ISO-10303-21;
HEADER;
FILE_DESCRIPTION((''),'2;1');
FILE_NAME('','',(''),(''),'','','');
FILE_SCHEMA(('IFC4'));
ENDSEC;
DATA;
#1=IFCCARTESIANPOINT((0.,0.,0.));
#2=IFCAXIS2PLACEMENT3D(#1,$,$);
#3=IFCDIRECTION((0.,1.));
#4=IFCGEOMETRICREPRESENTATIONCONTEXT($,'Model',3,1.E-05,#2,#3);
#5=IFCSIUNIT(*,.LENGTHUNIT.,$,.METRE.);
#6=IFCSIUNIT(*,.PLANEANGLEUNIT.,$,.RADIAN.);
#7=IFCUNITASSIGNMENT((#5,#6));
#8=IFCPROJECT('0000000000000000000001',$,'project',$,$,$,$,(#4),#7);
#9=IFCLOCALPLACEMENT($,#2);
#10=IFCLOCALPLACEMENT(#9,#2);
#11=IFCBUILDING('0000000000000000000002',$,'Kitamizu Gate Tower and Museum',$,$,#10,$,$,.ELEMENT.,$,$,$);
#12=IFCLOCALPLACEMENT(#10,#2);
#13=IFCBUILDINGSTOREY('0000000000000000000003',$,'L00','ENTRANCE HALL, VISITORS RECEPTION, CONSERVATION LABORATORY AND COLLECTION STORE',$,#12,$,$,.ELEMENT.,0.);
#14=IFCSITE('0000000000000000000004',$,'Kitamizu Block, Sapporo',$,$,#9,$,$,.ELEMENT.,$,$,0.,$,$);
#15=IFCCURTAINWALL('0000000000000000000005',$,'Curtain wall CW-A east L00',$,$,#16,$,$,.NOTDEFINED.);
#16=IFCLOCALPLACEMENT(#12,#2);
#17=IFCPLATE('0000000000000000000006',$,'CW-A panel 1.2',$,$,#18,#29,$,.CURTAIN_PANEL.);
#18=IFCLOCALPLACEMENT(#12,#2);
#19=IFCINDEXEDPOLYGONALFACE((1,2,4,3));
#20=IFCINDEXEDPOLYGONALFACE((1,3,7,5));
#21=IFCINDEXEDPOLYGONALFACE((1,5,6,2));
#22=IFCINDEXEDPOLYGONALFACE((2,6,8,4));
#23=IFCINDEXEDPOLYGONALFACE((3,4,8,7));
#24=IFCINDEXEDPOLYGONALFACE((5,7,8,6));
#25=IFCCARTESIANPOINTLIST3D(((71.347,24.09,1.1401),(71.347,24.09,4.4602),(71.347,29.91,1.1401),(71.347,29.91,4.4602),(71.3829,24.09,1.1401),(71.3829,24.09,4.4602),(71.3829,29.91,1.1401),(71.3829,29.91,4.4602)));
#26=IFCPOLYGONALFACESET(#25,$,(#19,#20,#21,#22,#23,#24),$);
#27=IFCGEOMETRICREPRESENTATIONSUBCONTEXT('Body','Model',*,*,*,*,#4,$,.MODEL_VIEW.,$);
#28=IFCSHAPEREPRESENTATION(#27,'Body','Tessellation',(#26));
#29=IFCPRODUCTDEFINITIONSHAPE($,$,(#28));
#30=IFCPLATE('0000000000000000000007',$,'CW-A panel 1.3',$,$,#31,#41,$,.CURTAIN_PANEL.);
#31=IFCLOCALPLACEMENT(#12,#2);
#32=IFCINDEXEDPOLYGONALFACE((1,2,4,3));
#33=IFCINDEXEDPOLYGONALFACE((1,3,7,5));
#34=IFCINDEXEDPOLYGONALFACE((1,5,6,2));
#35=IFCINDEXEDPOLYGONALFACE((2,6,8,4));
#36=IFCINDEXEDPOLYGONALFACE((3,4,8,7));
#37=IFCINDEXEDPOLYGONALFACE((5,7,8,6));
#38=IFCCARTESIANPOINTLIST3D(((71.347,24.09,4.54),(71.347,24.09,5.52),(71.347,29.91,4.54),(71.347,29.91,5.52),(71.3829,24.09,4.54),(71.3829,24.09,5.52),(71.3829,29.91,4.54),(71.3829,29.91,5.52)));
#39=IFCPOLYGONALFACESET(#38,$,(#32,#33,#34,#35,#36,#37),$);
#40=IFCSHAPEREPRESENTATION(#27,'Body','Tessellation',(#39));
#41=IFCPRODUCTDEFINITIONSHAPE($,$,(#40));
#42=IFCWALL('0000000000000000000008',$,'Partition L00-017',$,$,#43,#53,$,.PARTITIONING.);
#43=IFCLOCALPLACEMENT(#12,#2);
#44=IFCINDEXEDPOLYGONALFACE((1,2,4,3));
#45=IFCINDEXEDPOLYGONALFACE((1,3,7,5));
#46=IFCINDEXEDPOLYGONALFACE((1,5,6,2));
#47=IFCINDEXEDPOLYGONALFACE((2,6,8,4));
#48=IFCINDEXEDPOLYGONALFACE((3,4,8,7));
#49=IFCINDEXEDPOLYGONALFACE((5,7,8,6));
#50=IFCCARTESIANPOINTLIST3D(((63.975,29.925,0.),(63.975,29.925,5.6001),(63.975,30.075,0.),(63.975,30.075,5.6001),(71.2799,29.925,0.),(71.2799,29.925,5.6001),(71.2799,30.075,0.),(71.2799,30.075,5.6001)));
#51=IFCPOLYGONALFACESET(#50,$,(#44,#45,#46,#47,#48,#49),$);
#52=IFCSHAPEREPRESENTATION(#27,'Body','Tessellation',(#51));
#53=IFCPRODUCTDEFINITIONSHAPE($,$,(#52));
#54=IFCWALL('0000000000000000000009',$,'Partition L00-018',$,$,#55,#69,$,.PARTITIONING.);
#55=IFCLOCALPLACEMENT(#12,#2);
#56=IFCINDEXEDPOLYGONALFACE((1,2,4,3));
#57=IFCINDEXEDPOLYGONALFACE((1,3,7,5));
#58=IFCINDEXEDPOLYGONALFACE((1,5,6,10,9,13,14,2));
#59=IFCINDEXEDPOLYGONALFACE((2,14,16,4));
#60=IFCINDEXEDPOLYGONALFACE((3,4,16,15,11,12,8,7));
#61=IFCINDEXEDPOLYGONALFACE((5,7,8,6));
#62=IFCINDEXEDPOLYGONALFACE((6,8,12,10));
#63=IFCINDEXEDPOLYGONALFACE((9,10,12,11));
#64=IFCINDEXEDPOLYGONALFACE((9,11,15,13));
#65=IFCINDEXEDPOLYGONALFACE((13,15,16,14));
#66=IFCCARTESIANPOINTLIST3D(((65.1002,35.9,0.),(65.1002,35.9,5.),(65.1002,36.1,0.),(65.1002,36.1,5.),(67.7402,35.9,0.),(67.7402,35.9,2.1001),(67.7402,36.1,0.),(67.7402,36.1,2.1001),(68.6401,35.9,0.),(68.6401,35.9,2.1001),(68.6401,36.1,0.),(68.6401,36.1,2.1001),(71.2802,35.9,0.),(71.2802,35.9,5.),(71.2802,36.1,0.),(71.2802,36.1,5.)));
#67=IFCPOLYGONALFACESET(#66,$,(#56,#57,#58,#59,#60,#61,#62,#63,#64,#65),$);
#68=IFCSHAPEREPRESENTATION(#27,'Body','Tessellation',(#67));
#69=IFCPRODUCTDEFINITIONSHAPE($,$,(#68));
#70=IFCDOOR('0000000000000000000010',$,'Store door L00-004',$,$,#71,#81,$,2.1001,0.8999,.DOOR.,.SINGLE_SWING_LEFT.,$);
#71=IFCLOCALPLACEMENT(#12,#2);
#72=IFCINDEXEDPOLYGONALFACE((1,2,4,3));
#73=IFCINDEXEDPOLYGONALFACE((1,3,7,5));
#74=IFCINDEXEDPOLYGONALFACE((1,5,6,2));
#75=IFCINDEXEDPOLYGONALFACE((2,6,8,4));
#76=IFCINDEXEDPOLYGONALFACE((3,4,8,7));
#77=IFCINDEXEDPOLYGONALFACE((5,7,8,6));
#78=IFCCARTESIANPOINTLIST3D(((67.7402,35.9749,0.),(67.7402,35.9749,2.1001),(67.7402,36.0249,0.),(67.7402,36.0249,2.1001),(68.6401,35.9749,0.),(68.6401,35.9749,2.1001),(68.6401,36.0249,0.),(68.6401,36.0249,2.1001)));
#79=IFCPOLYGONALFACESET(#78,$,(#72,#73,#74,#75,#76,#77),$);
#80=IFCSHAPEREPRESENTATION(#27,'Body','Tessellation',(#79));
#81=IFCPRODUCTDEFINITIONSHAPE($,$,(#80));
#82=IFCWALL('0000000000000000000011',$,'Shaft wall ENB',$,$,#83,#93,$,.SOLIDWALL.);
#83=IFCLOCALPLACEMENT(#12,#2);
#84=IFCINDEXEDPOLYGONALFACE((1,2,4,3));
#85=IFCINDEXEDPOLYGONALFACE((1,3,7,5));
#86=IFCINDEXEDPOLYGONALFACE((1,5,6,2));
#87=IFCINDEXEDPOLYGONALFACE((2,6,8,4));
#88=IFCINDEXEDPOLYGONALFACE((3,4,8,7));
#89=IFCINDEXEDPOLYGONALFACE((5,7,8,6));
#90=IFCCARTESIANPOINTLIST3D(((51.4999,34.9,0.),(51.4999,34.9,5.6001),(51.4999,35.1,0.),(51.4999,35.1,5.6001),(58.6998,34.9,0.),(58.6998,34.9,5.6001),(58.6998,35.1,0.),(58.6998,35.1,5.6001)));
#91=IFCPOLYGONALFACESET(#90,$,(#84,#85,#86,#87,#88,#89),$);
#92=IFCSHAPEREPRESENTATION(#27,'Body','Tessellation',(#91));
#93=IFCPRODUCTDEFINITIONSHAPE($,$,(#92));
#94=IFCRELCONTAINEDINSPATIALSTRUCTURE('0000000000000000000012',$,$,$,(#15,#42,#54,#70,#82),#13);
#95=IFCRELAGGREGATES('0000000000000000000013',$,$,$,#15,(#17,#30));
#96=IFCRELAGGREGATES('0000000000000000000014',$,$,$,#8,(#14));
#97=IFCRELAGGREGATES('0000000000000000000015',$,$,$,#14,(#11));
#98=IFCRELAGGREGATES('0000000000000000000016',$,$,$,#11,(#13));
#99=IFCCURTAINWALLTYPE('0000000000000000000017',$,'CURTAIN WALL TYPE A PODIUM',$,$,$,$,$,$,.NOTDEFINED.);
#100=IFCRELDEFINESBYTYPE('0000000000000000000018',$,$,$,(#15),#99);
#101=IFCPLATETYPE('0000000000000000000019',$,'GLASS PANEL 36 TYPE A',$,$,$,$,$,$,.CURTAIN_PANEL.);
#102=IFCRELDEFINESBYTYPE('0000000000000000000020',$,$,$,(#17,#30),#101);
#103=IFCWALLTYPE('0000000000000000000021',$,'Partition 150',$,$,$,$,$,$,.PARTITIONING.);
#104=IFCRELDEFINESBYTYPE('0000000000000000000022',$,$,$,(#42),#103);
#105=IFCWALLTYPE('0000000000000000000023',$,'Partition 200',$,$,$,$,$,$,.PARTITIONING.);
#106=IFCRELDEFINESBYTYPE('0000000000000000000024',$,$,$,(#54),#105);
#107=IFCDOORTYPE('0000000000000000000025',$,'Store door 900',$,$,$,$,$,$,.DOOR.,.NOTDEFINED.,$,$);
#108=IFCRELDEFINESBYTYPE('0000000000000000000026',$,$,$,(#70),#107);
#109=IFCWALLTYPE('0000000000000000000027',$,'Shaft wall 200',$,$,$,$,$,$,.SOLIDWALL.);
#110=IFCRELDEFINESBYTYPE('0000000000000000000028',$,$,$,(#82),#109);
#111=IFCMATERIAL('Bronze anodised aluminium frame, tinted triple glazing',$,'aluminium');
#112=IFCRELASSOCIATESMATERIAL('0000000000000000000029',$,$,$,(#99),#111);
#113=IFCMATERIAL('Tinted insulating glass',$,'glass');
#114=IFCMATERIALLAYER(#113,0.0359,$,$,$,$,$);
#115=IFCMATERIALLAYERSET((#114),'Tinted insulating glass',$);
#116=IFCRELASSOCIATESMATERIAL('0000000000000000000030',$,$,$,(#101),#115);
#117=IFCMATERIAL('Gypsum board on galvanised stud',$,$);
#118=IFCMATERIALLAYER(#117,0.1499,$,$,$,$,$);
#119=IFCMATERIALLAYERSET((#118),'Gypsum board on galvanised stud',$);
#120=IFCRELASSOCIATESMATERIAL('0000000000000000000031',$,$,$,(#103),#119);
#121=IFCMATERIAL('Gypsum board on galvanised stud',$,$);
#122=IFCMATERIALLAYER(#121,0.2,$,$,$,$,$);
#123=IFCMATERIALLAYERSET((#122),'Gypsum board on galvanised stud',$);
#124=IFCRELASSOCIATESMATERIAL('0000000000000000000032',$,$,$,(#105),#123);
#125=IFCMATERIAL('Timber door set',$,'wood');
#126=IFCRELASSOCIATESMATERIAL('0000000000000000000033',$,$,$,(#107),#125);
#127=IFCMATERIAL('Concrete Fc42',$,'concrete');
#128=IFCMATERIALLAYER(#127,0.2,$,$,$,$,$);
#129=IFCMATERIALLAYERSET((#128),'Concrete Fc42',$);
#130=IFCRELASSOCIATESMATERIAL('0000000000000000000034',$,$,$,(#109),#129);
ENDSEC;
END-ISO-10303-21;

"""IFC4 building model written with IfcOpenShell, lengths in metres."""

from ifc_helpers import new_model, si_unit, direction, frame, frame_2d, origin, origin_2d, place, context, subcontext, project, spatial, rectangle, extrude, material, layer, layer_set, type_object, element, fill, aggregate, save


model = new_model("IFC4")

# Units and contexts
model_context = context("Model", 3, precision=1e-05, world=origin(), true_north=direction((0.0, 1.0)))
body_context = subcontext(model_context, "Body", "Model", "MODEL_VIEW")
ifc_project = project(units=[si_unit("LENGTHUNIT", "METRE"), si_unit("PLANEANGLEUNIT", "RADIAN")], contexts=[model_context])

# Site, building, storey
site_placement = place(None, origin())
site = spatial("IfcSite", under=ifc_project, at=site_placement, Name="Kitamizu Block, Sapporo", CompositionType="ELEMENT", RefElevation=0.0)
building_placement = place(site_placement, origin())
building = spatial("IfcBuilding", under=site, at=building_placement, Name="Kitamizu Gate Tower and Museum", CompositionType="ELEMENT")
storey_placement = place(building_placement, origin())
storey = spatial("IfcBuildingStorey", under=building, at=storey_placement, Name="L00", Description="ENTRANCE HALL, VISITORS RECEPTION, CONSERVATION LABORATORY AND COLLECTION STORE", CompositionType="ELEMENT", Elevation=0.0)

# Curtain wall, plates
ifc_material_1 = material(Name="Bronze anodised aluminium frame, tinted triple glazing", Category="aluminium")
curtain_wall_type = type_object("IfcCurtainWallType", Name="CURTAIN WALL TYPE A PODIUM", PredefinedType="NOTDEFINED", material=ifc_material_1)
curtain_wall_placement = place(storey_placement, origin())
curtain_wall = element("IfcCurtainWall", 1, at=curtain_wall_placement, inside=storey, type_object=curtain_wall_type, Name="Curtain wall CW-A east L00", PredefinedType="NOTDEFINED")
ifc_material_2 = material(Name="Tinted insulating glass", Category="glass")
ifc_layer_1 = layer(ifc_material_2, 0.0359)
ifc_layer_set_1 = layer_set([ifc_layer_1], Name="Tinted insulating glass")
plate_type = type_object("IfcPlateType", Name="GLASS PANEL 36 TYPE A", PredefinedType="CURTAIN_PANEL", material=ifc_layer_set_1)
plate_1_placement = place(storey_placement, frame((71.365, 27.0, 1.1401), z_axis=(0.0, 0.0, 1.0), x_axis=(0.0, 1.0, 0.0)))
plate_1 = element("IfcPlate", 2, at=plate_1_placement, type_object=plate_type, Name="CW-A panel 1.2", PredefinedType="CURTAIN_PANEL", context=body_context, shape_type="SweptSolid", body=[
    extrude(rectangle(XDim=5.8201, YDim=0.0359, at=origin_2d()), origin(), (0.0, 0.0, 1.0), 3.3201),
])
plate_2_placement = place(storey_placement, frame((71.365, 27.0, 4.54), z_axis=(0.0, 0.0, 1.0), x_axis=(0.0, 1.0, 0.0)))
plate_2 = element("IfcPlate", 3, at=plate_2_placement, type_object=plate_type, Name="CW-A panel 1.3", PredefinedType="CURTAIN_PANEL", context=body_context, shape_type="SweptSolid", body=[
    extrude(rectangle(XDim=5.8201, YDim=0.0359, at=origin_2d()), origin(), (0.0, 0.0, 1.0), 0.98),
])
aggregate(curtain_wall, [plate_1, plate_2])

# Wall
ifc_material_3 = material(Name="Gypsum board on galvanised stud")
ifc_layer_2 = layer(ifc_material_3, 0.1499)
ifc_layer_set_2 = layer_set([ifc_layer_2], Name="Gypsum board on galvanised stud")
wall_type_1 = type_object("IfcWallType", Name="Partition 150", PredefinedType="PARTITIONING", material=ifc_layer_set_2)
wall_1_placement = place(storey_placement, frame((63.9751, 30.0, 0.0), z_axis=(0.0, 0.0, 1.0), x_axis=(1.0, 0.0, 0.0)))
element("IfcWall", 4, at=wall_1_placement, inside=storey, type_object=wall_type_1, Name="Partition L00-017", PredefinedType="PARTITIONING", context=body_context, shape_type="SweptSolid", body=[
    extrude(rectangle(XDim=7.3049, YDim=0.1499, at=frame_2d((3.6523, 0.0))), origin(), (0.0, 0.0, 1.0), 5.6001),
])

# Wall, opening, door
ifc_material_4 = material(Name="Gypsum board on galvanised stud")
ifc_layer_3 = layer(ifc_material_4, 0.2)
ifc_layer_set_3 = layer_set([ifc_layer_3], Name="Gypsum board on galvanised stud")
wall_type_2 = type_object("IfcWallType", Name="Partition 200", PredefinedType="PARTITIONING", material=ifc_layer_set_3)
wall_2_placement = place(storey_placement, frame((71.28, 36.0, 0.0), z_axis=(0.0, 0.0, 1.0), x_axis=(-1.0, 0.0, 0.0)))
wall_2 = element("IfcWall", 5, at=wall_2_placement, inside=storey, type_object=wall_type_2, Name="Partition L00-018", PredefinedType="PARTITIONING", context=body_context, shape_type="SweptSolid", body=[
    extrude(rectangle(XDim=6.1799, YDim=0.2, at=frame_2d((3.0898, 0.0))), origin(), (0.0, 0.0, 1.0), 5.0),
])
opening_1_placement = place(wall_2_placement, frame((2.6399, 0.0, 0.0)))
opening_1 = element("IfcOpeningElement", 6, at=opening_1_placement, cuts=wall_2, PredefinedType="OPENING", context=body_context, shape_type="SweptSolid", body=[
    extrude(rectangle(XDim=0.8999, YDim=2.1001, at=frame_2d((0.45, 1.05))), frame((0.0, 0.1099, 0.0), z_axis=(0.0, -1.0, 0.0), x_axis=(1.0, 0.0, 0.0)), (0.0, 0.0, 1.0), 0.22),
])
ifc_material_5 = material(Name="Timber door set", Category="wood")
door_type_1 = type_object("IfcDoorType", Name="Store door 900", OperationType="NOTDEFINED", PredefinedType="DOOR", material=ifc_material_5)
door_1_placement = place(opening_1_placement, frame((0.8999, 0.0, 0.0), x_axis=(-1.0, 0.0, 0.0)))
door_1 = element("IfcDoor", 7, at=door_1_placement, inside=storey, type_object=door_type_1, Name="Store door L00-004", OperationType="SINGLE_SWING_LEFT", OverallHeight=2.1001, OverallWidth=0.8999, PredefinedType="DOOR", context=body_context, shape_type="SweptSolid", body=[
    extrude(rectangle(XDim=0.8999, YDim=2.1001, at=frame_2d((0.45, 1.05))), frame((0.0, 0.0249, 0.0), z_axis=(0.0, -1.0, 0.0), x_axis=(1.0, 0.0, 0.0)), (0.0, 0.0, 1.0), 0.05),
])
fill(opening_1, door_1)

# Wall
ifc_material_6 = material(Name="Concrete Fc42", Category="concrete")
ifc_layer_4 = layer(ifc_material_6, 0.2)
ifc_layer_set_4 = layer_set([ifc_layer_4], Name="Concrete Fc42")
wall_type_3 = type_object("IfcWallType", Name="Shaft wall 200", PredefinedType="SOLIDWALL", material=ifc_layer_set_4)
wall_3_placement = place(storey_placement, frame((58.7, 35.0, 0.0), z_axis=(0.0, 0.0, 1.0), x_axis=(-1.0, 0.0, 0.0)))
element("IfcWall", 8, at=wall_3_placement, inside=storey, type_object=wall_type_3, Name="Shaft wall ENB", PredefinedType="SOLIDWALL", context=body_context, shape_type="SweptSolid", body=[
    extrude(rectangle(XDim=7.2, YDim=0.2, at=frame_2d((3.6001, 0.0))), origin(), (0.0, 0.0, 1.0), 5.6001),
])

save(model, "model.ifc")
